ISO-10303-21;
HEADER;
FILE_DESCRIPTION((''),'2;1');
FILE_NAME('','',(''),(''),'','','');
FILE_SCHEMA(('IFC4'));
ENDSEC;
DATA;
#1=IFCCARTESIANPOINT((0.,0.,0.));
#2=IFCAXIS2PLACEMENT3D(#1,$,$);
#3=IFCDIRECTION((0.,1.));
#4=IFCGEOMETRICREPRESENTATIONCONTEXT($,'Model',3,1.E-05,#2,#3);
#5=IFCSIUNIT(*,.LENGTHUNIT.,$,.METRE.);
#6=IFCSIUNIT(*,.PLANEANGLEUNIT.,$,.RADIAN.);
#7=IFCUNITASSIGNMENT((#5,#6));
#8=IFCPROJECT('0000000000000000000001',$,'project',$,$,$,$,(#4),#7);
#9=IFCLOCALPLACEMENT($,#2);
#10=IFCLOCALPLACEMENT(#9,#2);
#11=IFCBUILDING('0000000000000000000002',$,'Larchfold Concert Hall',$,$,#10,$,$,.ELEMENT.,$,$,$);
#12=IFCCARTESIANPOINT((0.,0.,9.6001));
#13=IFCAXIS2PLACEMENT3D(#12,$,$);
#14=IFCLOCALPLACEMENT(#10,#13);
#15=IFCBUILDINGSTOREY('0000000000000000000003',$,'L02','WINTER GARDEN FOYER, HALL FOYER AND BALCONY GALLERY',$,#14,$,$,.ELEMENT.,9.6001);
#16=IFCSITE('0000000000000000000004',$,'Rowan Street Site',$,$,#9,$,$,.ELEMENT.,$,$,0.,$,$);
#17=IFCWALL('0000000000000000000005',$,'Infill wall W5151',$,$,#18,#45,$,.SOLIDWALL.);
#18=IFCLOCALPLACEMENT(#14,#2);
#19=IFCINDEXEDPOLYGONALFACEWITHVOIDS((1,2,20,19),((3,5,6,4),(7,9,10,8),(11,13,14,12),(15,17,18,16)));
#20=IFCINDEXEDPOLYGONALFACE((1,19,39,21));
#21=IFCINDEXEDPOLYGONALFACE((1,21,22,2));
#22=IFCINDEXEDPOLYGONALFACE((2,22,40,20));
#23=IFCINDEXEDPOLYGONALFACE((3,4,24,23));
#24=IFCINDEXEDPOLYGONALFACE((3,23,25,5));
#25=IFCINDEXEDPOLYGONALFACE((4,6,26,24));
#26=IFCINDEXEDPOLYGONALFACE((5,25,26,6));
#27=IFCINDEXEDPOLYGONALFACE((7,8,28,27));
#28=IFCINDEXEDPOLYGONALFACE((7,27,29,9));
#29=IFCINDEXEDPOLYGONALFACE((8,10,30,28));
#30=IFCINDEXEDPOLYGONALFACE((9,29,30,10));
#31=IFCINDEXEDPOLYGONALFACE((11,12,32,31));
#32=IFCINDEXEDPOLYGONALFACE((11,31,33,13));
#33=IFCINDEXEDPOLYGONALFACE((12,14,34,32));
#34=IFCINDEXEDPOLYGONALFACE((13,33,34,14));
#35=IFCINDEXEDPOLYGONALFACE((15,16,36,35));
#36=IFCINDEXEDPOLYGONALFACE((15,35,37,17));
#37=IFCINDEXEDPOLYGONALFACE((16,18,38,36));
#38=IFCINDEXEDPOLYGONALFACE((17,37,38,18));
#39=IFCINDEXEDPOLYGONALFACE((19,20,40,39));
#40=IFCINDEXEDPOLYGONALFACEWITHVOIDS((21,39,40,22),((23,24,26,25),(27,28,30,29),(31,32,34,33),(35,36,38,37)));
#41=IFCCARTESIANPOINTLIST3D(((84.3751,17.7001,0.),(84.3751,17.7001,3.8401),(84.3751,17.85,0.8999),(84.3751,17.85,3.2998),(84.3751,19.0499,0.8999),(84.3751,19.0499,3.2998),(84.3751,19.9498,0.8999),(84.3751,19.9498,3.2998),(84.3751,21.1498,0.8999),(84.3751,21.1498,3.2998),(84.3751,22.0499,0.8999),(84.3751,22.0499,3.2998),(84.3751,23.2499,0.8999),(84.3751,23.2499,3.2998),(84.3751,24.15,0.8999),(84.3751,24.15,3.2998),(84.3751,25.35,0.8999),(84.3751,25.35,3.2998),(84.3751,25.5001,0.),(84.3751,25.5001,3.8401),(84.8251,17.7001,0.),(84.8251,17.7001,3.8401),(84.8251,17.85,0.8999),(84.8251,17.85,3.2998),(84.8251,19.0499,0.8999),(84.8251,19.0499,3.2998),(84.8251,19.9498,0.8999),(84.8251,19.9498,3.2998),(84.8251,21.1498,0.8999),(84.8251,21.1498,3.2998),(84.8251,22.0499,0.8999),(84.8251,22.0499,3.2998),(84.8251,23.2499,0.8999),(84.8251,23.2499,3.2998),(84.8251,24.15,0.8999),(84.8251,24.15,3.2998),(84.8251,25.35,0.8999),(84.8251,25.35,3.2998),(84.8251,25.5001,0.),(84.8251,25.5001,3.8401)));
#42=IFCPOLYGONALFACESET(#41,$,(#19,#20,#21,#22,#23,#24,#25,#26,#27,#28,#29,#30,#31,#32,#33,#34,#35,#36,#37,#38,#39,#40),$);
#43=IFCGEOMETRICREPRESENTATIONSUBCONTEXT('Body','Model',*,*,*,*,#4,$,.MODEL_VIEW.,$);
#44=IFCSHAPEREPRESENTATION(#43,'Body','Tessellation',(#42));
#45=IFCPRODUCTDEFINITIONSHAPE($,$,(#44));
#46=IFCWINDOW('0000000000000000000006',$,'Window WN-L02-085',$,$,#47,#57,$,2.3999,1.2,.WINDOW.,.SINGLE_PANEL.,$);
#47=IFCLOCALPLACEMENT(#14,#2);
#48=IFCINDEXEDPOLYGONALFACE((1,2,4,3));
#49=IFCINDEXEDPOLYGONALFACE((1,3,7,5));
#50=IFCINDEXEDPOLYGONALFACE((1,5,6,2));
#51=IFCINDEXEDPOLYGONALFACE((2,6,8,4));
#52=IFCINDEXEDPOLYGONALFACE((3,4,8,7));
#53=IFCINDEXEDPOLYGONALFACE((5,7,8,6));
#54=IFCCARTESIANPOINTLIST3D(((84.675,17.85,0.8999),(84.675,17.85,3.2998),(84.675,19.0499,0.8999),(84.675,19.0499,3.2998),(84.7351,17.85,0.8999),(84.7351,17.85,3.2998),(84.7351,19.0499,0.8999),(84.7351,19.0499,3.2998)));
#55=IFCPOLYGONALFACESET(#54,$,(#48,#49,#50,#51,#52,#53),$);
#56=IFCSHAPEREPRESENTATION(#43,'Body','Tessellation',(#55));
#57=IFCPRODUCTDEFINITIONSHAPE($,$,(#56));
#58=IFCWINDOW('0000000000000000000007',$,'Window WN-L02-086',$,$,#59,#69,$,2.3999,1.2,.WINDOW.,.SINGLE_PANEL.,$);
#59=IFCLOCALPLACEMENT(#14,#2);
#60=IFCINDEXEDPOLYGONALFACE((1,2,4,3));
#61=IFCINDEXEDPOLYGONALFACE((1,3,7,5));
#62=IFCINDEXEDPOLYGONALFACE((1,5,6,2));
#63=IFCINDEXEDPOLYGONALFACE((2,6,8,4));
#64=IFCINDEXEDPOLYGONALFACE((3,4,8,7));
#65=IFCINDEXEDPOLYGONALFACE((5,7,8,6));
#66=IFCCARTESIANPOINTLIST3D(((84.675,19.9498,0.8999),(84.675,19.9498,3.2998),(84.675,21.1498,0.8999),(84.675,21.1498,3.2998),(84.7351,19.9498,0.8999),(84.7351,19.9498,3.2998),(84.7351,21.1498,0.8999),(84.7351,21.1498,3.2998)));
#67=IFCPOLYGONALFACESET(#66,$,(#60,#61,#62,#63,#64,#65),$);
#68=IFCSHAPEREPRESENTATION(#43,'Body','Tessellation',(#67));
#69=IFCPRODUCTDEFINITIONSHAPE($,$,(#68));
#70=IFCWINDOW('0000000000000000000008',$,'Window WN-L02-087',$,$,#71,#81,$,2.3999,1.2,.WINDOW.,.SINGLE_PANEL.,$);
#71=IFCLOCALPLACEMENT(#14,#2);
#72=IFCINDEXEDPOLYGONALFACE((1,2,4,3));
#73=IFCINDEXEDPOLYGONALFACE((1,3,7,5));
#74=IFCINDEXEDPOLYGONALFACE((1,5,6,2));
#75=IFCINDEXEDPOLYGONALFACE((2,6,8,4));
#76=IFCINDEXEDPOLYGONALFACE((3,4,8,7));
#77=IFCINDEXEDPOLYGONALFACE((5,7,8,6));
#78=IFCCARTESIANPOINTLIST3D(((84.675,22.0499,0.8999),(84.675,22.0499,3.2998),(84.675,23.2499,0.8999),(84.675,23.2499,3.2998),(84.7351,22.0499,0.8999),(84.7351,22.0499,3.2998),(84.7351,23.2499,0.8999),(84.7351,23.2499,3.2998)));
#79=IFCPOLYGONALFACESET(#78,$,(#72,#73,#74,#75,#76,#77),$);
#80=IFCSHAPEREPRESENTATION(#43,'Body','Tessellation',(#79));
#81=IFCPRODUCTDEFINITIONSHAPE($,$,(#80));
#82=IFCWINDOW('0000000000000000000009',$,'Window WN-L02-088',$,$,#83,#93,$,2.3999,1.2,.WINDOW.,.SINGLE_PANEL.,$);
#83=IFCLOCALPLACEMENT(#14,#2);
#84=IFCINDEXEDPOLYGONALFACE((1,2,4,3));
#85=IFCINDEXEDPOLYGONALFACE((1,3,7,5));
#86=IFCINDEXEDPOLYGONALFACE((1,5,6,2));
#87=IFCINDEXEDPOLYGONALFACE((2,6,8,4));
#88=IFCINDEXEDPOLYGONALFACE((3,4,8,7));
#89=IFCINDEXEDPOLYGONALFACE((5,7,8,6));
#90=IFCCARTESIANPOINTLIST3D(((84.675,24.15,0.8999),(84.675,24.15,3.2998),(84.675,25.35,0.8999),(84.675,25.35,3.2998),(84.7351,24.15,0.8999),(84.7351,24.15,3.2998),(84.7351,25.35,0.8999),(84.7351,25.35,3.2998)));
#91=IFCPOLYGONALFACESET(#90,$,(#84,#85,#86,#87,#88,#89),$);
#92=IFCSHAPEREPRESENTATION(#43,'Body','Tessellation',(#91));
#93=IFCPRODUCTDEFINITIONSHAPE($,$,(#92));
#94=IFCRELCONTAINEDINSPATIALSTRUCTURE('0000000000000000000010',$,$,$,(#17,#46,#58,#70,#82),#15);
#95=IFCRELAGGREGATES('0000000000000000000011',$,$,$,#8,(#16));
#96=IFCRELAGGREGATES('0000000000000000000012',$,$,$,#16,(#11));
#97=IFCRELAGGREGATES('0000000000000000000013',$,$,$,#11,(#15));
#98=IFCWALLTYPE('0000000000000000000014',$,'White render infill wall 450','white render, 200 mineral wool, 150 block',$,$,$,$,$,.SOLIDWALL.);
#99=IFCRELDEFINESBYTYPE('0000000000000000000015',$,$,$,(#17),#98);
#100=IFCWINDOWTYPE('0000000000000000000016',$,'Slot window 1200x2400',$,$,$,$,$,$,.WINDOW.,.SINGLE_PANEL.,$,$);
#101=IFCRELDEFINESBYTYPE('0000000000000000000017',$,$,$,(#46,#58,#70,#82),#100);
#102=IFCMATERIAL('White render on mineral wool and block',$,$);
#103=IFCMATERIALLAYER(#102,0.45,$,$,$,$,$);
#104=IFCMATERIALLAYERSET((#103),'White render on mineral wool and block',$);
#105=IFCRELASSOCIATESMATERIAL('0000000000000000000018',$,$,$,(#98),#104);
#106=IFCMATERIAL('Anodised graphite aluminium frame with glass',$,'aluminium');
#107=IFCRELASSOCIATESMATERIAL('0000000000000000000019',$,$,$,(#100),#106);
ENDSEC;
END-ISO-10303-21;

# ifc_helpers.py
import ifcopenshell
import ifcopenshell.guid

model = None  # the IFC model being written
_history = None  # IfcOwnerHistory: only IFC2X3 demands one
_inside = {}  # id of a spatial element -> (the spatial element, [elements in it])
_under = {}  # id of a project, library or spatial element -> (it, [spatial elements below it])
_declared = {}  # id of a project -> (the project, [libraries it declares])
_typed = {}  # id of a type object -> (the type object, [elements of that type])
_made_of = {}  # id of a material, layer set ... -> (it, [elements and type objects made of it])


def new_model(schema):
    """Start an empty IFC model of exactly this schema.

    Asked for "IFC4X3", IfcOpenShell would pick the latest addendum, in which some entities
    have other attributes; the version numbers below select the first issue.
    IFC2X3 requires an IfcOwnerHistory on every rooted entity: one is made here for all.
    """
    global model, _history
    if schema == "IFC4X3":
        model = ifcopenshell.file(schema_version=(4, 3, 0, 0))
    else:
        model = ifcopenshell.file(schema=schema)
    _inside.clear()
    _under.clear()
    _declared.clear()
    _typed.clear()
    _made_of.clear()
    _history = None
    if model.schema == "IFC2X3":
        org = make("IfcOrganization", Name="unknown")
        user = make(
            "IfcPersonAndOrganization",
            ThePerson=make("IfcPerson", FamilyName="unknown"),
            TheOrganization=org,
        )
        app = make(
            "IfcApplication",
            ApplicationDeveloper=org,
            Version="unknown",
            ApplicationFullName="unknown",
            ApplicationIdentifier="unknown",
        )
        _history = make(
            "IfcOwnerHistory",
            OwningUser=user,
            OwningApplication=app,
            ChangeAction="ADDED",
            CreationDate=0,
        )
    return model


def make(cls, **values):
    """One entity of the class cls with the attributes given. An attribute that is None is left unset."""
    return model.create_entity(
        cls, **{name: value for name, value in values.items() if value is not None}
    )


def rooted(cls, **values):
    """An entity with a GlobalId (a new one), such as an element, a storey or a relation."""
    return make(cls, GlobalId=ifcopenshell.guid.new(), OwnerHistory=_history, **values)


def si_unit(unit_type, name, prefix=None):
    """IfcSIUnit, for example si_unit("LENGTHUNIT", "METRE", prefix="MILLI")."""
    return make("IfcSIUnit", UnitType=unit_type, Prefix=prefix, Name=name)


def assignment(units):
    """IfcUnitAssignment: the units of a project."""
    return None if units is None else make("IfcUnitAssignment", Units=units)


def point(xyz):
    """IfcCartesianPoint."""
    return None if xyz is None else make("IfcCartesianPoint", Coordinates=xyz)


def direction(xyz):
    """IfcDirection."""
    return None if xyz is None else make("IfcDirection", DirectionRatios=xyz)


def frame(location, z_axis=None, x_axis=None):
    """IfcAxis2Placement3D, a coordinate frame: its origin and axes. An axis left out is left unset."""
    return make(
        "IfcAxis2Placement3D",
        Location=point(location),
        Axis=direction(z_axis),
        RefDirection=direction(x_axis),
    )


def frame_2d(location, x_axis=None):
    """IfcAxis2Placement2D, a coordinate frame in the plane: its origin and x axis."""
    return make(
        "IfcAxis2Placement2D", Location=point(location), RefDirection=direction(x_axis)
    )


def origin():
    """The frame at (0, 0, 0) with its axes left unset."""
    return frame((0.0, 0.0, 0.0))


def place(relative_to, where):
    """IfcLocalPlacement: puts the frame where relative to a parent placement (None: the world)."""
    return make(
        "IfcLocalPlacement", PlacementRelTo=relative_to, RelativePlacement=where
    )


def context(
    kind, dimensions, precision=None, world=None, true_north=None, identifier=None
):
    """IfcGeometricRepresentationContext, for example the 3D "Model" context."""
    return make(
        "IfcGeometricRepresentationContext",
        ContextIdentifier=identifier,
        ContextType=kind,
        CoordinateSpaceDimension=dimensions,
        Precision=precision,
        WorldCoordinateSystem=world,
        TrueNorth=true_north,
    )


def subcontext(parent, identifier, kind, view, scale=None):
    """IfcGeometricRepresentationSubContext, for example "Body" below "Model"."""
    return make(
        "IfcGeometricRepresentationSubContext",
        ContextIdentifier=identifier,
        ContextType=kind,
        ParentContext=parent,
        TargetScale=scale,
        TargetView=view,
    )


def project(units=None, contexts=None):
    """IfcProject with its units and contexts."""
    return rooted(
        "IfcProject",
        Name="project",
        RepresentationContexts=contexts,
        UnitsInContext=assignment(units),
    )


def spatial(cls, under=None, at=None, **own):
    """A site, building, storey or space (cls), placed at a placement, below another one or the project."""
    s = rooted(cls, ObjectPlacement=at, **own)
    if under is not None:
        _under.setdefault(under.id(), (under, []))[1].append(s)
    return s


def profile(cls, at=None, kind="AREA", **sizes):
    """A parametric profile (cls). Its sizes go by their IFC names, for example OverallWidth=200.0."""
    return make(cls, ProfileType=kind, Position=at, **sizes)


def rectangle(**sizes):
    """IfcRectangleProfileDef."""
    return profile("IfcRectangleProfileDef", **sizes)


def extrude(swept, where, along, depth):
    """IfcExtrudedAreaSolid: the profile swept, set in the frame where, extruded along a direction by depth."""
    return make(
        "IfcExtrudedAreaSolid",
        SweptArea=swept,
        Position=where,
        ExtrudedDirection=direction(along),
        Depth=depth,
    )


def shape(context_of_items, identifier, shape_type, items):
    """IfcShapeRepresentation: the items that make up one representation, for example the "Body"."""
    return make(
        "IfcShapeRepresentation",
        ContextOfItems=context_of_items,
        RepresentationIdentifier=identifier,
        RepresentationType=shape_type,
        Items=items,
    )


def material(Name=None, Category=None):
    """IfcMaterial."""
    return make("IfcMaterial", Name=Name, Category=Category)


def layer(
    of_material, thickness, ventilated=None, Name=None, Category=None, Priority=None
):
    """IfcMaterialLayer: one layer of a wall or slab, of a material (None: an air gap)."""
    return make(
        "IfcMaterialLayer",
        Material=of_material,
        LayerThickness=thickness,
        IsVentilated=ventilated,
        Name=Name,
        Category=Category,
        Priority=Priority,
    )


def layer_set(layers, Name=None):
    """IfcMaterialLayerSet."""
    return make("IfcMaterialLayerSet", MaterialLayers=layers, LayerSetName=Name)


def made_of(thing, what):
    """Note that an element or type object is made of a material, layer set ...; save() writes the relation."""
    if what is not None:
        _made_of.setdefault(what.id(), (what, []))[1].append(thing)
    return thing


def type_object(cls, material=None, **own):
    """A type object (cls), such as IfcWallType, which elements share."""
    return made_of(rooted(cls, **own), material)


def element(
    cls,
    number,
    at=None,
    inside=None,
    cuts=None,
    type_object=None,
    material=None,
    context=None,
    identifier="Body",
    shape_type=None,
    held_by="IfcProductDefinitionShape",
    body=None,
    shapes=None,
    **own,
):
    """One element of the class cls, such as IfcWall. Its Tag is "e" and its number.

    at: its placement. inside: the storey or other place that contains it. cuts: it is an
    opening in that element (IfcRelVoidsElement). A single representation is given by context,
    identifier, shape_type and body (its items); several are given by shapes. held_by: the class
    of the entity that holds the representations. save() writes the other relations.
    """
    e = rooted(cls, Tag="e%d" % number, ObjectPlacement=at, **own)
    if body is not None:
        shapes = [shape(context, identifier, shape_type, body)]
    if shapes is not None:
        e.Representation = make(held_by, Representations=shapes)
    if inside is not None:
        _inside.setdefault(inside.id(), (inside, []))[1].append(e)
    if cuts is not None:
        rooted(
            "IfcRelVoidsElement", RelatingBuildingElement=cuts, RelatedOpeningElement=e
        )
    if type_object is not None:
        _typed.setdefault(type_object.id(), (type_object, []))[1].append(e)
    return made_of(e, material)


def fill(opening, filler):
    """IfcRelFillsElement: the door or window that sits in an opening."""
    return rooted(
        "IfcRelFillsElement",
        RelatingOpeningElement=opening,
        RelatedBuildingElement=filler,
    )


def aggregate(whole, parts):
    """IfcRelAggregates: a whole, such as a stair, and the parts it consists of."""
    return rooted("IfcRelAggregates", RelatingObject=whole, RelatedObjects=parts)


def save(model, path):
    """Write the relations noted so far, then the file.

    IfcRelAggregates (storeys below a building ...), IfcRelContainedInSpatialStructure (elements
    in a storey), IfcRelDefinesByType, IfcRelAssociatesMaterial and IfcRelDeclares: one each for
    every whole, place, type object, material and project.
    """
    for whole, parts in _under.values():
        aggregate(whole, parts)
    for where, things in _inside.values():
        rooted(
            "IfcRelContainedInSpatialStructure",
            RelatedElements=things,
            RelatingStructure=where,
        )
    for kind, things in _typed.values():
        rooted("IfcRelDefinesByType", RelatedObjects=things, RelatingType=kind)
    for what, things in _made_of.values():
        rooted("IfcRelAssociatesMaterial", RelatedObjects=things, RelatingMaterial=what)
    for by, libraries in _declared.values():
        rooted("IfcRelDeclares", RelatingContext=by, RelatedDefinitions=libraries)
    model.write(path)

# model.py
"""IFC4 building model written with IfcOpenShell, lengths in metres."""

from ifc_helpers import new_model, si_unit, direction, frame, frame_2d, origin, place, context, subcontext, project, spatial, rectangle, extrude, material, layer, layer_set, type_object, element, fill, save


model = new_model("IFC4")

# Units and contexts
model_context = context("Model", 3, precision=1e-05, world=origin(), true_north=direction((0.0, 1.0)))
body_context = subcontext(model_context, "Body", "Model", "MODEL_VIEW")
ifc_project = project(units=[si_unit("LENGTHUNIT", "METRE"), si_unit("PLANEANGLEUNIT", "RADIAN")], contexts=[model_context])

# Site, building, storey
site_placement = place(None, origin())
site = spatial("IfcSite", under=ifc_project, at=site_placement, Name="Rowan Street Site", CompositionType="ELEMENT", RefElevation=0.0)
building_placement = place(site_placement, origin())
building = spatial("IfcBuilding", under=site, at=building_placement, Name="Larchfold Concert Hall", CompositionType="ELEMENT")
storey_placement = place(building_placement, frame((0.0, 0.0, 9.6001)))
storey = spatial("IfcBuildingStorey", under=building, at=storey_placement, Name="L02", Description="WINTER GARDEN FOYER, HALL FOYER AND BALCONY GALLERY", CompositionType="ELEMENT", Elevation=9.6001)

# Wall, openings, windows
ifc_material_1 = material(Name="White render on mineral wool and block")
ifc_layer_1 = layer(ifc_material_1, 0.45)
ifc_layer_set_1 = layer_set([ifc_layer_1], Name="White render on mineral wool and block")
wall_type_1 = type_object("IfcWallType", Name="White render infill wall 450", Description="white render, 200 mineral wool, 150 block", PredefinedType="SOLIDWALL", material=ifc_layer_set_1)
wall_1_placement = place(storey_placement, frame((84.6001, 25.5, 0.0), z_axis=(0.0, 0.0, 1.0), x_axis=(0.0, -1.0, 0.0)))
wall_1 = element("IfcWall", 1, at=wall_1_placement, inside=storey, type_object=wall_type_1, Name="Infill wall W5151", PredefinedType="SOLIDWALL", context=body_context, shape_type="SweptSolid", body=[
    extrude(rectangle(XDim=7.8, YDim=0.45, at=frame_2d((3.8999, 0.0))), origin(), (0.0, 0.0, 1.0), 3.8401),
])
opening_1_placement = place(wall_1_placement, frame((6.45, 0.0, 0.8999)))
opening_1 = element("IfcOpeningElement", 2, at=opening_1_placement, cuts=wall_1, PredefinedType="OPENING", context=body_context, shape_type="SweptSolid", body=[
    extrude(rectangle(XDim=1.2, YDim=2.3999, at=frame_2d((0.6001, 1.2))), frame((0.0, 0.2349, 0.0), z_axis=(0.0, -1.0, 0.0), x_axis=(1.0, 0.0, 0.0)), (0.0, 0.0, 1.0), 0.47),
])
opening_2_placement = place(wall_1_placement, frame((4.3501, 0.0, 0.8999)))
opening_2 = element("IfcOpeningElement", 3, at=opening_2_placement, cuts=wall_1, PredefinedType="OPENING", context=body_context, shape_type="SweptSolid", body=[
    extrude(rectangle(XDim=1.2, YDim=2.3999, at=frame_2d((0.6001, 1.2))), frame((0.0, 0.2349, 0.0), z_axis=(0.0, -1.0, 0.0), x_axis=(1.0, 0.0, 0.0)), (0.0, 0.0, 1.0), 0.47),
])
opening_3_placement = place(wall_1_placement, frame((2.25, 0.0, 0.8999)))
opening_3 = element("IfcOpeningElement", 4, at=opening_3_placement, cuts=wall_1, PredefinedType="OPENING", context=body_context, shape_type="SweptSolid", body=[
    extrude(rectangle(XDim=1.2, YDim=2.3999, at=frame_2d((0.6001, 1.2))), frame((0.0, 0.2349, 0.0), z_axis=(0.0, -1.0, 0.0), x_axis=(1.0, 0.0, 0.0)), (0.0, 0.0, 1.0), 0.47),
])
opening_4_placement = place(wall_1_placement, frame((0.1499, 0.0, 0.8999)))
opening_4 = element("IfcOpeningElement", 5, at=opening_4_placement, cuts=wall_1, PredefinedType="OPENING", context=body_context, shape_type="SweptSolid", body=[
    extrude(rectangle(XDim=1.2, YDim=2.3999, at=frame_2d((0.6001, 1.2))), frame((0.0, 0.2349, 0.0), z_axis=(0.0, -1.0, 0.0), x_axis=(1.0, 0.0, 0.0)), (0.0, 0.0, 1.0), 0.47),
])
ifc_material_2 = material(Name="Anodised graphite aluminium frame with glass", Category="aluminium")
window_type = type_object("IfcWindowType", Name="Slot window 1200x2400", PartitioningType="SINGLE_PANEL", PredefinedType="WINDOW", material=ifc_material_2)
window_1_placement = place(opening_1_placement, origin())
window_1 = element("IfcWindow", 6, at=window_1_placement, inside=storey, type_object=window_type, Name="Window WN-L02-085", OverallHeight=2.3999, OverallWidth=1.2, PartitioningType="SINGLE_PANEL", PredefinedType="WINDOW", context=body_context, shape_type="SweptSolid", body=[
    extrude(rectangle(XDim=1.2, YDim=2.3999, at=frame_2d((0.6001, 1.2))), frame((0.0, 0.135, 0.0), z_axis=(0.0, -1.0, 0.0), x_axis=(1.0, 0.0, 0.0)), (0.0, 0.0, 1.0), 0.0601),
])
fill(opening_1, window_1)
window_2_placement = place(opening_2_placement, origin())
window_2 = element("IfcWindow", 7, at=window_2_placement, inside=storey, type_object=window_type, Name="Window WN-L02-086", OverallHeight=2.3999, OverallWidth=1.2, PartitioningType="SINGLE_PANEL", PredefinedType="WINDOW", context=body_context, shape_type="SweptSolid", body=[
    extrude(rectangle(XDim=1.2, YDim=2.3999, at=frame_2d((0.6001, 1.2))), frame((0.0, 0.135, 0.0), z_axis=(0.0, -1.0, 0.0), x_axis=(1.0, 0.0, 0.0)), (0.0, 0.0, 1.0), 0.0601),
])
fill(opening_2, window_2)
window_3_placement = place(opening_3_placement, origin())
window_3 = element("IfcWindow", 8, at=window_3_placement, inside=storey, type_object=window_type, Name="Window WN-L02-087", OverallHeight=2.3999, OverallWidth=1.2, PartitioningType="SINGLE_PANEL", PredefinedType="WINDOW", context=body_context, shape_type="SweptSolid", body=[
    extrude(rectangle(XDim=1.2, YDim=2.3999, at=frame_2d((0.6001, 1.2))), frame((0.0, 0.135, 0.0), z_axis=(0.0, -1.0, 0.0), x_axis=(1.0, 0.0, 0.0)), (0.0, 0.0, 1.0), 0.0601),
])
fill(opening_3, window_3)
window_4_placement = place(opening_4_placement, origin())
window_4 = element("IfcWindow", 9, at=window_4_placement, inside=storey, type_object=window_type, Name="Window WN-L02-088", OverallHeight=2.3999, OverallWidth=1.2, PartitioningType="SINGLE_PANEL", PredefinedType="WINDOW", context=body_context, shape_type="SweptSolid", body=[
    extrude(rectangle(XDim=1.2, YDim=2.3999, at=frame_2d((0.6001, 1.2))), frame((0.0, 0.135, 0.0), z_axis=(0.0, -1.0, 0.0), x_axis=(1.0, 0.0, 0.0)), (0.0, 0.0, 1.0), 0.0601),
])
fill(opening_4, window_4)

save(model, "model.ifc")
